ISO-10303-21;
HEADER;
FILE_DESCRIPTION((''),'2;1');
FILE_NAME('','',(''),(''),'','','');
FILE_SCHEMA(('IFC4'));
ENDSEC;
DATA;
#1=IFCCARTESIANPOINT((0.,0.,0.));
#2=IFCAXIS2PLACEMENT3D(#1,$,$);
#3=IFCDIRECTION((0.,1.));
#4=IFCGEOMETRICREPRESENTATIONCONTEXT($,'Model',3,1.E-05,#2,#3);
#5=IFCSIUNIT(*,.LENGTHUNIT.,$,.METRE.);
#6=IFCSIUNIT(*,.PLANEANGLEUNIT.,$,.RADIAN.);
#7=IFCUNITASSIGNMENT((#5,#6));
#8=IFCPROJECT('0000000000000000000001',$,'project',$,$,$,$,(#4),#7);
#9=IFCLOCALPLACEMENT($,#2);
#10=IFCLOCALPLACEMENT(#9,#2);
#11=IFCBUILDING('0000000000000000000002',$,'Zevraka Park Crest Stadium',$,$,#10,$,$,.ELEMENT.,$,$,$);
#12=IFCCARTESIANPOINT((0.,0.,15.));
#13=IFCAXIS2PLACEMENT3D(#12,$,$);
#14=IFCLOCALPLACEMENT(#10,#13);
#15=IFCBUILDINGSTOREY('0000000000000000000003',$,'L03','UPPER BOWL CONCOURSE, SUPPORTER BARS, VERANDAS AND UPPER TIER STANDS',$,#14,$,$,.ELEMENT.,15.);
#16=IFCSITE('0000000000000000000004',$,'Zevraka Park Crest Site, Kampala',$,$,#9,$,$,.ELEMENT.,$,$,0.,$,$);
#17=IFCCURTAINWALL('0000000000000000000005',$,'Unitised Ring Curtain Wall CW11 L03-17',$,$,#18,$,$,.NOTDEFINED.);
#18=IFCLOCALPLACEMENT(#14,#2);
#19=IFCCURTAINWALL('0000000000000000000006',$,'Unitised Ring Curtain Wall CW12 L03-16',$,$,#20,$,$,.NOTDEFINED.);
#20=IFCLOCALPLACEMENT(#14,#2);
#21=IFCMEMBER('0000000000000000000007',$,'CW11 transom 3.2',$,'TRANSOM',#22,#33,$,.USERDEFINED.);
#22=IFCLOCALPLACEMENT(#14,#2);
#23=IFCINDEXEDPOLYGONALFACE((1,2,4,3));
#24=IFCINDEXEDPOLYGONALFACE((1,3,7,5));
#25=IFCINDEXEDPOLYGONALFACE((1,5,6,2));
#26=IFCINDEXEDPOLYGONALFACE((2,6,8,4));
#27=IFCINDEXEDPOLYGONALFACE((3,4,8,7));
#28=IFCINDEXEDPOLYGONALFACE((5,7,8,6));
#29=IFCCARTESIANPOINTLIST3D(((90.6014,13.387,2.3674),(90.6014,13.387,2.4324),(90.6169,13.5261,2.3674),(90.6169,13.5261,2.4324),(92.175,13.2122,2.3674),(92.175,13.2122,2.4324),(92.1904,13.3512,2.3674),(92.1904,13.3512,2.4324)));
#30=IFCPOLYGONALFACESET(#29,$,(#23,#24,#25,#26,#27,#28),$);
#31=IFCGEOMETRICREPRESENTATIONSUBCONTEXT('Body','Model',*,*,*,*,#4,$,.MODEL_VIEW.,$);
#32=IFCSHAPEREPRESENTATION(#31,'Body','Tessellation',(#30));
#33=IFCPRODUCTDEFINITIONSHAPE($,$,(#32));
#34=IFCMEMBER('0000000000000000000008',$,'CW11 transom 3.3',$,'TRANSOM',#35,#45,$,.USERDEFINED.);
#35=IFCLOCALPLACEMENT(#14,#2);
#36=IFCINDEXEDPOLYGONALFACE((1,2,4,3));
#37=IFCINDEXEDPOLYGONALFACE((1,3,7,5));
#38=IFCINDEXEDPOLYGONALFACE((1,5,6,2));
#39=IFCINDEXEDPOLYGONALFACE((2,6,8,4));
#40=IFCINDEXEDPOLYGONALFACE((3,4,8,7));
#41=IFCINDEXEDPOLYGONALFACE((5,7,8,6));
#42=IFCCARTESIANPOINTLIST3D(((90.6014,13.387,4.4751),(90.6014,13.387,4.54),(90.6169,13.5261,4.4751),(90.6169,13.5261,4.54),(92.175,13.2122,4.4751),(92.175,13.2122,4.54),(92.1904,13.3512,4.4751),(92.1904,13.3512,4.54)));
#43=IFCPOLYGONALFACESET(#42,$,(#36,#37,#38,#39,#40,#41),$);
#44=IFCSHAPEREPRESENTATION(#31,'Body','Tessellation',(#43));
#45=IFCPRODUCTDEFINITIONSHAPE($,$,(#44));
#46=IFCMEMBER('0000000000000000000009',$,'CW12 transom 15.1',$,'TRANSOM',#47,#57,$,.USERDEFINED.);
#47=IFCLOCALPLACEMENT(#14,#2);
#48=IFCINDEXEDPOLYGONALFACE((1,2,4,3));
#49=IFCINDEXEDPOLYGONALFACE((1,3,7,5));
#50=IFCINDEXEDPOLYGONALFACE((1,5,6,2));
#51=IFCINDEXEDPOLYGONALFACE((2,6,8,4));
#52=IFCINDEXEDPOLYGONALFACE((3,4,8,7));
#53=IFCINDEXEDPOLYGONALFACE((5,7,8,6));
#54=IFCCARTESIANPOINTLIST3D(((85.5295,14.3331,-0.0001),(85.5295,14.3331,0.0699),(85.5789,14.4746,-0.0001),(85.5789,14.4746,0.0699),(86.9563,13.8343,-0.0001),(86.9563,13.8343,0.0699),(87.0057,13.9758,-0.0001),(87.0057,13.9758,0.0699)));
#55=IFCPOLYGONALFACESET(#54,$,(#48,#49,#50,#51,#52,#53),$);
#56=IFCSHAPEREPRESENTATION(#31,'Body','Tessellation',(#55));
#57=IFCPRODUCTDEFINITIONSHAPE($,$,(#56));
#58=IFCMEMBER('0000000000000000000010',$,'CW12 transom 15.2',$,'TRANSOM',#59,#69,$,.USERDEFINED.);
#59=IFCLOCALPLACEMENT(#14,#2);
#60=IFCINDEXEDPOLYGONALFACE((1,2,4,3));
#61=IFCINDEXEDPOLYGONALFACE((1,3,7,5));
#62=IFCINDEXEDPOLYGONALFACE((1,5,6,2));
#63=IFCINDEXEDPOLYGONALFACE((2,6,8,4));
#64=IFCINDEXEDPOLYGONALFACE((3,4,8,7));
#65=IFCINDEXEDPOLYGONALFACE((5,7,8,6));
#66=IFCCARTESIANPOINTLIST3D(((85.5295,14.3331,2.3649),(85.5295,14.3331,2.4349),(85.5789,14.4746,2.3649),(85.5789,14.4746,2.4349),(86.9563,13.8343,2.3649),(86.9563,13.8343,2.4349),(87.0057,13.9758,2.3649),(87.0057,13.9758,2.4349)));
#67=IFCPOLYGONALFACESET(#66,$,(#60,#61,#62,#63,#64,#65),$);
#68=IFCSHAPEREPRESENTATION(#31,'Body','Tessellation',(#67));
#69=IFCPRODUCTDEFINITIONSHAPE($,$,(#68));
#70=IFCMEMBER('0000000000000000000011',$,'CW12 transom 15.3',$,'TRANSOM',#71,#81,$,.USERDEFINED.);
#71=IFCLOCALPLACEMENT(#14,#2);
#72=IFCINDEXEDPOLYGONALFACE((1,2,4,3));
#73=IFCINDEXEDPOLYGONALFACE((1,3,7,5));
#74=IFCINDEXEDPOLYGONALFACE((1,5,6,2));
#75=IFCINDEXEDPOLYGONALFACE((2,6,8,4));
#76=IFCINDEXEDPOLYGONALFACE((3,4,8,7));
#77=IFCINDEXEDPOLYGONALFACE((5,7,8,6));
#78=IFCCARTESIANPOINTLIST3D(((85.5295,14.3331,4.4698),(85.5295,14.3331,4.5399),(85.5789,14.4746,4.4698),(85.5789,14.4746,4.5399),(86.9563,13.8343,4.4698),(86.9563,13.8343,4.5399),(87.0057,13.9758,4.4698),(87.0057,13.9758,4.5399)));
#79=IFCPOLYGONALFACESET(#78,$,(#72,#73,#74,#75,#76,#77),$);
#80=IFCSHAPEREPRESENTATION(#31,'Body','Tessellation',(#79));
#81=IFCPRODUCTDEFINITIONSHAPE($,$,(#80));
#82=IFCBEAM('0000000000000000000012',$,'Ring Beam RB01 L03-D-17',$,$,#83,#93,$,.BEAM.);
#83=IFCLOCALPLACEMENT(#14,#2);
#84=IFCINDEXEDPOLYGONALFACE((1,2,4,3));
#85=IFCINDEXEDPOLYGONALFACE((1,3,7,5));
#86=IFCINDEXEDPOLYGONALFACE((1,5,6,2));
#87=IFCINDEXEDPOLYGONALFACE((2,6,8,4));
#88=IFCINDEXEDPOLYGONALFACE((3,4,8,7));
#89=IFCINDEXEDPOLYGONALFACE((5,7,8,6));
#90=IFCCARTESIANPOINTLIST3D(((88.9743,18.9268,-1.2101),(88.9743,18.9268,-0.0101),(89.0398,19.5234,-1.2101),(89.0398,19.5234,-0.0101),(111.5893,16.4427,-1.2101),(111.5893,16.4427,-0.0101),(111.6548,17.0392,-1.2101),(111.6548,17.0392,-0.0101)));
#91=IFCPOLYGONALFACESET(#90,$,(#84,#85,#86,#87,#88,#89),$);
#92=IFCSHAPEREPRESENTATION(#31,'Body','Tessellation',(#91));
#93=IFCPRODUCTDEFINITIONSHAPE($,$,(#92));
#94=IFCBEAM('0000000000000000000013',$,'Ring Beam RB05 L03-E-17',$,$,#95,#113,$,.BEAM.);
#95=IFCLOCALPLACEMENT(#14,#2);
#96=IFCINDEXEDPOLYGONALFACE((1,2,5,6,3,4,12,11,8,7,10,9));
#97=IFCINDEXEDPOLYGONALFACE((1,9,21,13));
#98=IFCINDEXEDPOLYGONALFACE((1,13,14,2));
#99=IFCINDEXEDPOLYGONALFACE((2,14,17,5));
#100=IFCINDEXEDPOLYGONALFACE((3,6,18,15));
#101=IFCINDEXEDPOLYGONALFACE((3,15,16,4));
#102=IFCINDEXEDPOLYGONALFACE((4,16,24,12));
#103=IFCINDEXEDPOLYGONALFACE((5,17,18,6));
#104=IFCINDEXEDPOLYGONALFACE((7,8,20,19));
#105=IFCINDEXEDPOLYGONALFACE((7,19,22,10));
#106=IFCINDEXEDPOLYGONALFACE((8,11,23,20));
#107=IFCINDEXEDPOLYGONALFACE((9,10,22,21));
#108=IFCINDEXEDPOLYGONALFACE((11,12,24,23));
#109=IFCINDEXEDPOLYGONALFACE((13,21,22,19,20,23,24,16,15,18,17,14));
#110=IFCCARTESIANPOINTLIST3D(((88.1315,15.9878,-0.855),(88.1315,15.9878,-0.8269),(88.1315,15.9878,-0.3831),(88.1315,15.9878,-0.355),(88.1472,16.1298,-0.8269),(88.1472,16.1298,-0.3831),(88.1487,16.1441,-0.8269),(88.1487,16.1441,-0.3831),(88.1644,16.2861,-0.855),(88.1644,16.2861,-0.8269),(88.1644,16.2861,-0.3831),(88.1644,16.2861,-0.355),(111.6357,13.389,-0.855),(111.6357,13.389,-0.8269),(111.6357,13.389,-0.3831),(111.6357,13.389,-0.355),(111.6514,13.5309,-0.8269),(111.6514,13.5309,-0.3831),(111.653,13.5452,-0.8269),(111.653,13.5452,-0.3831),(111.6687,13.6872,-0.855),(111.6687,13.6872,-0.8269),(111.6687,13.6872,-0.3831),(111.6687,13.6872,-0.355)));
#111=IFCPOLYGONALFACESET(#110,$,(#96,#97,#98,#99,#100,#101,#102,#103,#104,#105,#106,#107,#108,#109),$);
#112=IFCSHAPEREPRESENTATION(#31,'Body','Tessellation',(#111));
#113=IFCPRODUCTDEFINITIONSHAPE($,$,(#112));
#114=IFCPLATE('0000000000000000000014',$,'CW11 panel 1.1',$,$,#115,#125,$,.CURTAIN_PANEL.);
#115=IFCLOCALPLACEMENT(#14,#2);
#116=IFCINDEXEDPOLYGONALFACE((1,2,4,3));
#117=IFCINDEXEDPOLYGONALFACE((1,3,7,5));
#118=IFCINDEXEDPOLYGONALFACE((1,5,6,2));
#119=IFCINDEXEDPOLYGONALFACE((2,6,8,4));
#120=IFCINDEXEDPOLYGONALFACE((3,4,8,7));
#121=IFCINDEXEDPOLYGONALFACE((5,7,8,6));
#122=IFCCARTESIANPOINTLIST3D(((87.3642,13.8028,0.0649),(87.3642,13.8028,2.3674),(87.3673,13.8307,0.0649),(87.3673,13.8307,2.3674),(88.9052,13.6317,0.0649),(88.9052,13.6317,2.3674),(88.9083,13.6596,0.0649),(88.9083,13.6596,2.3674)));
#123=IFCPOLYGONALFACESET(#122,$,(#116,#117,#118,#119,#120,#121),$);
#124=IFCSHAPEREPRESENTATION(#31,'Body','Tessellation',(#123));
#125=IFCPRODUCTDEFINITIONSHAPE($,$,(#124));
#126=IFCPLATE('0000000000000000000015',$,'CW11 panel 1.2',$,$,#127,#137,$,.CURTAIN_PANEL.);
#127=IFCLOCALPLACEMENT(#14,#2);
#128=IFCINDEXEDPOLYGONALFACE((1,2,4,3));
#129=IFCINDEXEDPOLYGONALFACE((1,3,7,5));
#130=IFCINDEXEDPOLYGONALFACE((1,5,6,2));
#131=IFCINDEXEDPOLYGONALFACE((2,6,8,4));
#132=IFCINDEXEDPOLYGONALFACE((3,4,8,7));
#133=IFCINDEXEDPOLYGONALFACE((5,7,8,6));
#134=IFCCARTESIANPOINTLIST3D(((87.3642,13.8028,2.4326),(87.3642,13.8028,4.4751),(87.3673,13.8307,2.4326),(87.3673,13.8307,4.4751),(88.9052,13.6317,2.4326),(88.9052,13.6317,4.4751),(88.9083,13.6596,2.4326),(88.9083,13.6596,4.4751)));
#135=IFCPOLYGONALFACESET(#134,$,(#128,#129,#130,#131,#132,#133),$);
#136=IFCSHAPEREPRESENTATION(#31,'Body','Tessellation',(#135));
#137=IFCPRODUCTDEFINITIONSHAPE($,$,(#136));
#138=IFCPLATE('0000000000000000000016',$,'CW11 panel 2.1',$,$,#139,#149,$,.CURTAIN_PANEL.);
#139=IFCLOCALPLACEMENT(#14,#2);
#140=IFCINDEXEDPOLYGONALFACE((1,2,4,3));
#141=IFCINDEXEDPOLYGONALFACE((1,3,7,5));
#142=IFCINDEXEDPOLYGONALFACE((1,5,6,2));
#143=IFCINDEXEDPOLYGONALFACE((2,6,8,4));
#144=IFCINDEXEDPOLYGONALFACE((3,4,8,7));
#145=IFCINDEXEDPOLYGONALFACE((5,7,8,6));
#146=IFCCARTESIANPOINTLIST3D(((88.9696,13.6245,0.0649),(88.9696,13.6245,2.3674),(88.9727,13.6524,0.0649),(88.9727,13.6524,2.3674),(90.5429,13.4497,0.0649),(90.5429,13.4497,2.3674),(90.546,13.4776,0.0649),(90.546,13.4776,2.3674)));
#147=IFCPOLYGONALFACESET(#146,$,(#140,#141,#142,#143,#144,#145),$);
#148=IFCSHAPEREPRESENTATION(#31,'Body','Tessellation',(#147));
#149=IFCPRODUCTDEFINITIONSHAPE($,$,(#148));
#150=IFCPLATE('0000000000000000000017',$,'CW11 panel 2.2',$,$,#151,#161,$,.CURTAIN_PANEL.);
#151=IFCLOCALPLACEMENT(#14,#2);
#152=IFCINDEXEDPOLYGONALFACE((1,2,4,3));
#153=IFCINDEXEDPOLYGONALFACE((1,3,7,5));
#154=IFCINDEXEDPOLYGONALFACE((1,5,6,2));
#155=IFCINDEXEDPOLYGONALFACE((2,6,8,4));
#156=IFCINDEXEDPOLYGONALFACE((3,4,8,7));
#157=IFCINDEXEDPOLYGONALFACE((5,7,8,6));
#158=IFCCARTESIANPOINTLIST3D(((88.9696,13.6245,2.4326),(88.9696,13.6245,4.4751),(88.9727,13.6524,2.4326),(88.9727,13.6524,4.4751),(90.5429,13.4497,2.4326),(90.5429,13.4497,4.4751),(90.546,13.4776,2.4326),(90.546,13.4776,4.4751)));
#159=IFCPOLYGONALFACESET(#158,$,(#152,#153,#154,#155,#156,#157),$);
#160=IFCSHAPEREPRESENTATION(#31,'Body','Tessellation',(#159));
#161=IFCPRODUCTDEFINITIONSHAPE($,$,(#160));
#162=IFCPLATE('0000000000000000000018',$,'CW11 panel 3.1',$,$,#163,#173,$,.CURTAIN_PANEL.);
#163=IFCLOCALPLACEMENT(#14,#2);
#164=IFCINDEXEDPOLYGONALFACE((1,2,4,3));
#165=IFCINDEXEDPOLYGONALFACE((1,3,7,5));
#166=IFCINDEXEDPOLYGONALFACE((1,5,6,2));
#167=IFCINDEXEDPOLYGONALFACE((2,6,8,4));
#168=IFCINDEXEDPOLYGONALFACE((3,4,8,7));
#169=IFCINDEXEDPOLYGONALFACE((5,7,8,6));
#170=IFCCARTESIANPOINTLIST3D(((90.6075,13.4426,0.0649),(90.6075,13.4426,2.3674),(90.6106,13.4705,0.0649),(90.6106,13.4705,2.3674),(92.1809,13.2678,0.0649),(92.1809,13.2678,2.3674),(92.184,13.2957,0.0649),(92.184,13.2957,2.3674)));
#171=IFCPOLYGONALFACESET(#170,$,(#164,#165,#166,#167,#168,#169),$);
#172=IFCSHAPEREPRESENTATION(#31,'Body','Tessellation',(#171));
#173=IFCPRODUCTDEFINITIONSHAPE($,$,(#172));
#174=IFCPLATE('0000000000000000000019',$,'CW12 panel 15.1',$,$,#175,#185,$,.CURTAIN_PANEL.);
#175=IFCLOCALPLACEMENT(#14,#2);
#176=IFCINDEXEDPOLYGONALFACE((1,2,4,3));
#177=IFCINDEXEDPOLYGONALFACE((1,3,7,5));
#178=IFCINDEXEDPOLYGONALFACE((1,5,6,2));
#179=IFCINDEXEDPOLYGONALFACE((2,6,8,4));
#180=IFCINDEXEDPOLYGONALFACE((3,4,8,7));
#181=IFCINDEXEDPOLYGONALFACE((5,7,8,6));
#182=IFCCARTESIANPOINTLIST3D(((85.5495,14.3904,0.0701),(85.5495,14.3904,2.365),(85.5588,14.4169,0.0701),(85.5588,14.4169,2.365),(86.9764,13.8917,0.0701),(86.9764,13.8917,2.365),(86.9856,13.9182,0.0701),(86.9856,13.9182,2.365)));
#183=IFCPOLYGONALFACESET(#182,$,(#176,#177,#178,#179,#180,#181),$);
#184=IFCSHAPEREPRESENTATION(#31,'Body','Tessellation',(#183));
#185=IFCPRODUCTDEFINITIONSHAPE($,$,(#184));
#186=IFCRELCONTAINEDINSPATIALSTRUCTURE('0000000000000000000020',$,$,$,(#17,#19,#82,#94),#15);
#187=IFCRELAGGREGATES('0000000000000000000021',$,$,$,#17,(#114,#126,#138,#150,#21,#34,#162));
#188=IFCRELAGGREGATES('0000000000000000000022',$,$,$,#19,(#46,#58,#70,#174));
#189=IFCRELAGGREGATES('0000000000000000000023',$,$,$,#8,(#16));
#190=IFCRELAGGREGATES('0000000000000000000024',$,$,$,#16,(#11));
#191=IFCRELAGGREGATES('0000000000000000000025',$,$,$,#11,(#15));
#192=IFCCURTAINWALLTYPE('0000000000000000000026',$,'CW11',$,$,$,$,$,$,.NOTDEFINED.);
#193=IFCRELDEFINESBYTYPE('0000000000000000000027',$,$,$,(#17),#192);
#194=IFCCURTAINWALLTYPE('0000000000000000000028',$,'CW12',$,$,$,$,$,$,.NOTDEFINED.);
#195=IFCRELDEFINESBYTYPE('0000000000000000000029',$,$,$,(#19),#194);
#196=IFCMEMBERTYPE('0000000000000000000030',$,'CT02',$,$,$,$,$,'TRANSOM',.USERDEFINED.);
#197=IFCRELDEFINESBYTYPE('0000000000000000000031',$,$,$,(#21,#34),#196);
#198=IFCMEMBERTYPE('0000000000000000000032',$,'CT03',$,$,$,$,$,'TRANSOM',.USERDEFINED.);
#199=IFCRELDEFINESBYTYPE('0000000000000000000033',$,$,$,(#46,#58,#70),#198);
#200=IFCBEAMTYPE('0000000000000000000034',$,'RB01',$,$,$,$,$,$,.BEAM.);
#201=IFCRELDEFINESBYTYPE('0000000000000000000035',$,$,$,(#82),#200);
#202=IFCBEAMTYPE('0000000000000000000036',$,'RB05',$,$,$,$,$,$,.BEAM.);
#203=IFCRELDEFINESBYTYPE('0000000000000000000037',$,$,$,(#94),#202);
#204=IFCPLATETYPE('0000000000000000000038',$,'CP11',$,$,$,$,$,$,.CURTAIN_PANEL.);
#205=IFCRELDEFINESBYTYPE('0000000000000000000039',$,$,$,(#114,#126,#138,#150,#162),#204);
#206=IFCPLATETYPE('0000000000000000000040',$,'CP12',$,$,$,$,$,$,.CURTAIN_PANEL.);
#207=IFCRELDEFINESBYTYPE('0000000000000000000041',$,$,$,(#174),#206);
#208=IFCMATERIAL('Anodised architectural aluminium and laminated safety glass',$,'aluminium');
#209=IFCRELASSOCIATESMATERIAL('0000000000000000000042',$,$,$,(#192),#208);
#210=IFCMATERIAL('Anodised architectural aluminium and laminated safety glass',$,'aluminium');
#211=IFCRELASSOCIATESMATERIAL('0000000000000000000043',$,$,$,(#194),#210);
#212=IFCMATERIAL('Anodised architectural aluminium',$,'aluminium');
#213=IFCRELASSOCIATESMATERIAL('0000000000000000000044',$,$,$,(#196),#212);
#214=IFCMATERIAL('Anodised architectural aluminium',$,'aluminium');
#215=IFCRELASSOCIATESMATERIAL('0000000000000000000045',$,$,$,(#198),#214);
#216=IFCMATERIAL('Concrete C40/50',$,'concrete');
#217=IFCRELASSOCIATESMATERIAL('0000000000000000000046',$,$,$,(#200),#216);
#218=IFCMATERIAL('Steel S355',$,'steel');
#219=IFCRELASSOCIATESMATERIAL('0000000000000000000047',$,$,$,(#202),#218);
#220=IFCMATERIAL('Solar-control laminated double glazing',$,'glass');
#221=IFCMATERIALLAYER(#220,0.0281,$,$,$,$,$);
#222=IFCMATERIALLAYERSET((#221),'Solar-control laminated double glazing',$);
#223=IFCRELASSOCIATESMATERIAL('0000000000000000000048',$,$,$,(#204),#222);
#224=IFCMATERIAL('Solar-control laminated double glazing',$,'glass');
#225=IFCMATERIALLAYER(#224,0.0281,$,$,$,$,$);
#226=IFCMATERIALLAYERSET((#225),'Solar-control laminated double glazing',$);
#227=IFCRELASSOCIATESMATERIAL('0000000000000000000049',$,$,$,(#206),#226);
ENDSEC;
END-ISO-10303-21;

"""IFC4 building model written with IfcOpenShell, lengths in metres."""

from ifc_helpers import new_model, si_unit, direction, frame, origin, origin_2d, place, context, subcontext, project, spatial, rectangle, i_section, extrude, material, layer, layer_set, material_profile, profile_set, type_object, element, aggregate, save


model = new_model("IFC4")

# Units and contexts
model_context = context("Model", 3, precision=1e-05, world=origin(), true_north=direction((0.0, 1.0)))
body_context = subcontext(model_context, "Body", "Model", "MODEL_VIEW")
ifc_project = project(units=[si_unit("LENGTHUNIT", "METRE"), si_unit("PLANEANGLEUNIT", "RADIAN")], contexts=[model_context])

# Site, building, storey
site_placement = place(None, origin())
site = spatial("IfcSite", under=ifc_project, at=site_placement, Name="Zevraka Park Crest Site, Kampala", CompositionType="ELEMENT", RefElevation=0.0)
building_placement = place(site_placement, origin())
building = spatial("IfcBuilding", under=site, at=building_placement, Name="Zevraka Park Crest Stadium", CompositionType="ELEMENT")
storey_placement = place(building_placement, frame((0.0, 0.0, 15.0)))
storey = spatial("IfcBuildingStorey", under=building, at=storey_placement, Name="L03", Description="UPPER BOWL CONCOURSE, SUPPORTER BARS, VERANDAS AND UPPER TIER STANDS", CompositionType="ELEMENT", Elevation=15.0)

# Curtain walls
ifc_material_1 = material(Name="Anodised architectural aluminium and laminated safety glass", Category="aluminium")
curtain_wall_type_1 = type_object("IfcCurtainWallType", Name="CW11", PredefinedType="NOTDEFINED", material=ifc_material_1)
curtain_wall_1_placement = place(storey_placement, origin())
curtain_wall_1 = element("IfcCurtainWall", 1, at=curtain_wall_1_placement, inside=storey, type_object=curtain_wall_type_1, Name="Unitised Ring Curtain Wall CW11 L03-17", PredefinedType="NOTDEFINED")
ifc_material_2 = material(Name="Anodised architectural aluminium and laminated safety glass", Category="aluminium")
curtain_wall_type_2 = type_object("IfcCurtainWallType", Name="CW12", PredefinedType="NOTDEFINED", material=ifc_material_2)
curtain_wall_2_placement = place(storey_placement, origin())
curtain_wall_2 = element("IfcCurtainWall", 2, at=curtain_wall_2_placement, inside=storey, type_object=curtain_wall_type_2, Name="Unitised Ring Curtain Wall CW12 L03-16", PredefinedType="NOTDEFINED")

# Members
ifc_material_3 = material(Name="Anodised architectural aluminium", Category="aluminium")
ifc_material_profile_1 = material_profile(ifc_material_3, rectangle(XDim=0.1399, YDim=0.0649, at=origin_2d()), Name="ALU TRANSOM 140x65")
ifc_profile_set_1 = profile_set([ifc_material_profile_1], Name="Anodised architectural aluminium")
member_type_1 = type_object("IfcMemberType", Name="CT02", ElementType="TRANSOM", PredefinedType="USERDEFINED", material=ifc_profile_set_1)
member_1_placement = place(storey_placement, frame((90.6091, 13.4565, 2.3999), z_axis=(0.993886, -0.110415, 0.0), x_axis=(0.110415, 0.993886, 0.0)))
member_1 = element("IfcMember", 3, at=member_1_placement, type_object=member_type_1, Name="CW11 transom 3.2", ObjectType="TRANSOM", PredefinedType="USERDEFINED", context=body_context, shape_type="SweptSolid", body=[
    extrude(rectangle(XDim=0.1399, YDim=0.0649, at=origin_2d()), origin(), (0.0, 0.0, 1.0), 1.5833),
])
member_2_placement = place(storey_placement, frame((90.6091, 13.4565, 4.5076), z_axis=(0.993886, -0.110415, 0.0), x_axis=(0.110415, 0.993886, 0.0)))
member_2 = element("IfcMember", 4, at=member_2_placement, type_object=member_type_1, Name="CW11 transom 3.3", ObjectType="TRANSOM", PredefinedType="USERDEFINED", context=body_context, shape_type="SweptSolid", body=[
    extrude(rectangle(XDim=0.1399, YDim=0.0649, at=origin_2d()), origin(), (0.0, 0.0, 1.0), 1.5833),
])
ifc_material_4 = material(Name="Anodised architectural aluminium", Category="aluminium")
ifc_material_profile_2 = material_profile(ifc_material_4, rectangle(XDim=0.1499, YDim=0.0701, at=origin_2d()), Name="ALU TRANSOM 150x70")
ifc_profile_set_2 = profile_set([ifc_material_profile_2], Name="Anodised architectural aluminium")
member_type_2 = type_object("IfcMemberType", Name="CT03", ElementType="TRANSOM", PredefinedType="USERDEFINED", material=ifc_profile_set_2)
member_3_placement = place(storey_placement, frame((85.5542, 14.4038, 0.0349), z_axis=(0.943979, -0.330005, 0.0), x_axis=(0.330005, 0.943979, 0.0)))
member_3 = element("IfcMember", 5, at=member_3_placement, type_object=member_type_2, Name="CW12 transom 15.1", ObjectType="TRANSOM", PredefinedType="USERDEFINED", context=body_context, shape_type="SweptSolid", body=[
    extrude(rectangle(XDim=0.1499, YDim=0.0701, at=origin_2d()), origin(), (0.0, 0.0, 1.0), 1.5115),
])
member_4_placement = place(storey_placement, frame((85.5542, 14.4038, 2.3999), z_axis=(0.943979, -0.330005, 0.0), x_axis=(0.330005, 0.943979, 0.0)))
member_4 = element("IfcMember", 6, at=member_4_placement, type_object=member_type_2, Name="CW12 transom 15.2", ObjectType="TRANSOM", PredefinedType="USERDEFINED", context=body_context, shape_type="SweptSolid", body=[
    extrude(rectangle(XDim=0.1499, YDim=0.0701, at=origin_2d()), origin(), (0.0, 0.0, 1.0), 1.5115),
])
member_5_placement = place(storey_placement, frame((85.5542, 14.4038, 4.5049), z_axis=(0.943979, -0.330005, 0.0), x_axis=(0.330005, 0.943979, 0.0)))
member_5 = element("IfcMember", 7, at=member_5_placement, type_object=member_type_2, Name="CW12 transom 15.3", ObjectType="TRANSOM", PredefinedType="USERDEFINED", context=body_context, shape_type="SweptSolid", body=[
    extrude(rectangle(XDim=0.1499, YDim=0.0701, at=origin_2d()), origin(), (0.0, 0.0, 1.0), 1.5115),
])

# Beams
ifc_material_5 = material(Name="Concrete C40/50", Category="concrete")
ifc_material_profile_3 = material_profile(ifc_material_5, rectangle(XDim=0.6001, YDim=1.2, at=origin_2d()), Name="RC 1200x600")
ifc_profile_set_3 = profile_set([ifc_material_profile_3], Name="Concrete C40/50")
beam_type_1 = type_object("IfcBeamType", Name="RB01", PredefinedType="BEAM", material=ifc_profile_set_3)
beam_1_placement = place(storey_placement, frame((89.0071, 19.2251, -0.6101), z_axis=(0.994021, -0.109188, 0.0), x_axis=(0.109188, 0.994021, 0.0)))
element("IfcBeam", 8, at=beam_1_placement, inside=storey, type_object=beam_type_1, Name="Ring Beam RB01 L03-D-17", PredefinedType="BEAM", context=body_context, shape_type="SweptSolid", body=[
    extrude(rectangle(XDim=0.6001, YDim=1.2, at=origin_2d()), origin(), (0.0, 0.0, 1.0), 22.751),
])
ifc_material_6 = material(Name="Steel S355", Category="steel")
ifc_material_profile_4 = material_profile(ifc_material_6, i_section(OverallWidth=0.3, OverallDepth=0.5, WebThickness=0.0144, FlangeThickness=0.0281, at=origin_2d()), Name="HEB 500")
ifc_profile_set_4 = profile_set([ifc_material_profile_4], Name="Steel S355")
beam_type_2 = type_object("IfcBeamType", Name="RB05", PredefinedType="BEAM", material=ifc_profile_set_4)
beam_2_placement = place(storey_placement, frame((88.1479, 16.137, -0.605), z_axis=(0.993943, -0.109901, 0.0), x_axis=(0.109901, 0.993943, 0.0)))
element("IfcBeam", 9, at=beam_2_placement, inside=storey, type_object=beam_type_2, Name="Ring Beam RB05 L03-E-17", PredefinedType="BEAM", context=body_context, shape_type="SweptSolid", body=[
    extrude(i_section(OverallWidth=0.3, OverallDepth=0.5, WebThickness=0.0144, FlangeThickness=0.0281, at=origin_2d()), origin(), (0.0, 0.0, 1.0), 23.6475),
])

# Plates
ifc_material_7 = material(Name="Solar-control laminated double glazing", Category="glass")
ifc_layer_1 = layer(ifc_material_7, 0.0281)
ifc_layer_set_1 = layer_set([ifc_layer_1], Name="Solar-control laminated double glazing")
plate_type_1 = type_object("IfcPlateType", Name="CP11", PredefinedType="CURTAIN_PANEL", material=ifc_layer_set_1)
plate_1_placement = place(storey_placement, frame((88.1362, 13.7312, 0.0649), z_axis=(0.0, 0.0, 1.0), x_axis=(0.993888, -0.110396, 0.0)))
plate_1 = element("IfcPlate", 10, at=plate_1_placement, type_object=plate_type_1, Name="CW11 panel 1.1", PredefinedType="CURTAIN_PANEL", context=body_context, shape_type="SweptSolid", body=[
    extrude(rectangle(XDim=1.5505, YDim=0.0281, at=origin_2d()), origin(), (0.0, 0.0, 1.0), 2.3025),
])
plate_2_placement = place(storey_placement, frame((88.1362, 13.7312, 2.4326), z_axis=(0.0, 0.0, 1.0), x_axis=(0.993888, -0.110396, 0.0)))
plate_2 = element("IfcPlate", 11, at=plate_2_placement, type_object=plate_type_1, Name="CW11 panel 1.2", PredefinedType="CURTAIN_PANEL", context=body_context, shape_type="SweptSolid", body=[
    extrude(rectangle(XDim=1.5505, YDim=0.0281, at=origin_2d()), origin(), (0.0, 0.0, 1.0), 2.0425),
])
plate_3_placement = place(storey_placement, frame((89.7578, 13.551, 0.0649), z_axis=(0.0, 0.0, 1.0), x_axis=(0.993888, -0.110396, 0.0)))
plate_3 = element("IfcPlate", 12, at=plate_3_placement, type_object=plate_type_1, Name="CW11 panel 2.1", PredefinedType="CURTAIN_PANEL", context=body_context, shape_type="SweptSolid", body=[
    extrude(rectangle(XDim=1.583, YDim=0.0281, at=origin_2d()), origin(), (0.0, 0.0, 1.0), 2.3025),
])
plate_4_placement = place(storey_placement, frame((89.7578, 13.551, 2.4326), z_axis=(0.0, 0.0, 1.0), x_axis=(0.993888, -0.110396, 0.0)))
plate_4 = element("IfcPlate", 13, at=plate_4_placement, type_object=plate_type_1, Name="CW11 panel 2.2", PredefinedType="CURTAIN_PANEL", context=body_context, shape_type="SweptSolid", body=[
    extrude(rectangle(XDim=1.583, YDim=0.0281, at=origin_2d()), origin(), (0.0, 0.0, 1.0), 2.0425),
])
plate_5_placement = place(storey_placement, frame((91.3958, 13.3691, 0.0649), z_axis=(0.0, 0.0, 1.0), x_axis=(0.993888, -0.110396, 0.0)))
plate_5 = element("IfcPlate", 14, at=plate_5_placement, type_object=plate_type_1, Name="CW11 panel 3.1", PredefinedType="CURTAIN_PANEL", context=body_context, shape_type="SweptSolid", body=[
    extrude(rectangle(XDim=1.583, YDim=0.0281, at=origin_2d()), origin(), (0.0, 0.0, 1.0), 2.3025),
])
aggregate(curtain_wall_1, [plate_1, plate_2, plate_3, plate_4, member_1, member_2, plate_5])
ifc_material_8 = material(Name="Solar-control laminated double glazing", Category="glass")
ifc_layer_2 = layer(ifc_material_8, 0.0281)
ifc_layer_set_2 = layer_set([ifc_layer_2], Name="Solar-control laminated double glazing")
plate_type_2 = type_object("IfcPlateType", Name="CP12", PredefinedType="CURTAIN_PANEL", material=ifc_layer_set_2)
plate_6_placement = place(storey_placement, frame((86.2676, 14.1543, 0.0701), z_axis=(0.0, 0.0, 1.0), x_axis=(0.94401, -0.329917, 0.0)))
plate_6 = element("IfcPlate", 15, at=plate_6_placement, type_object=plate_type_2, Name="CW12 panel 15.1", PredefinedType="CURTAIN_PANEL", context=body_context, shape_type="SweptSolid", body=[
    extrude(rectangle(XDim=1.5115, YDim=0.0281, at=origin_2d()), origin(), (0.0, 0.0, 1.0), 2.2949),
])
aggregate(curtain_wall_2, [member_3, member_4, member_5, plate_6])

save(model, "model.ifc")
